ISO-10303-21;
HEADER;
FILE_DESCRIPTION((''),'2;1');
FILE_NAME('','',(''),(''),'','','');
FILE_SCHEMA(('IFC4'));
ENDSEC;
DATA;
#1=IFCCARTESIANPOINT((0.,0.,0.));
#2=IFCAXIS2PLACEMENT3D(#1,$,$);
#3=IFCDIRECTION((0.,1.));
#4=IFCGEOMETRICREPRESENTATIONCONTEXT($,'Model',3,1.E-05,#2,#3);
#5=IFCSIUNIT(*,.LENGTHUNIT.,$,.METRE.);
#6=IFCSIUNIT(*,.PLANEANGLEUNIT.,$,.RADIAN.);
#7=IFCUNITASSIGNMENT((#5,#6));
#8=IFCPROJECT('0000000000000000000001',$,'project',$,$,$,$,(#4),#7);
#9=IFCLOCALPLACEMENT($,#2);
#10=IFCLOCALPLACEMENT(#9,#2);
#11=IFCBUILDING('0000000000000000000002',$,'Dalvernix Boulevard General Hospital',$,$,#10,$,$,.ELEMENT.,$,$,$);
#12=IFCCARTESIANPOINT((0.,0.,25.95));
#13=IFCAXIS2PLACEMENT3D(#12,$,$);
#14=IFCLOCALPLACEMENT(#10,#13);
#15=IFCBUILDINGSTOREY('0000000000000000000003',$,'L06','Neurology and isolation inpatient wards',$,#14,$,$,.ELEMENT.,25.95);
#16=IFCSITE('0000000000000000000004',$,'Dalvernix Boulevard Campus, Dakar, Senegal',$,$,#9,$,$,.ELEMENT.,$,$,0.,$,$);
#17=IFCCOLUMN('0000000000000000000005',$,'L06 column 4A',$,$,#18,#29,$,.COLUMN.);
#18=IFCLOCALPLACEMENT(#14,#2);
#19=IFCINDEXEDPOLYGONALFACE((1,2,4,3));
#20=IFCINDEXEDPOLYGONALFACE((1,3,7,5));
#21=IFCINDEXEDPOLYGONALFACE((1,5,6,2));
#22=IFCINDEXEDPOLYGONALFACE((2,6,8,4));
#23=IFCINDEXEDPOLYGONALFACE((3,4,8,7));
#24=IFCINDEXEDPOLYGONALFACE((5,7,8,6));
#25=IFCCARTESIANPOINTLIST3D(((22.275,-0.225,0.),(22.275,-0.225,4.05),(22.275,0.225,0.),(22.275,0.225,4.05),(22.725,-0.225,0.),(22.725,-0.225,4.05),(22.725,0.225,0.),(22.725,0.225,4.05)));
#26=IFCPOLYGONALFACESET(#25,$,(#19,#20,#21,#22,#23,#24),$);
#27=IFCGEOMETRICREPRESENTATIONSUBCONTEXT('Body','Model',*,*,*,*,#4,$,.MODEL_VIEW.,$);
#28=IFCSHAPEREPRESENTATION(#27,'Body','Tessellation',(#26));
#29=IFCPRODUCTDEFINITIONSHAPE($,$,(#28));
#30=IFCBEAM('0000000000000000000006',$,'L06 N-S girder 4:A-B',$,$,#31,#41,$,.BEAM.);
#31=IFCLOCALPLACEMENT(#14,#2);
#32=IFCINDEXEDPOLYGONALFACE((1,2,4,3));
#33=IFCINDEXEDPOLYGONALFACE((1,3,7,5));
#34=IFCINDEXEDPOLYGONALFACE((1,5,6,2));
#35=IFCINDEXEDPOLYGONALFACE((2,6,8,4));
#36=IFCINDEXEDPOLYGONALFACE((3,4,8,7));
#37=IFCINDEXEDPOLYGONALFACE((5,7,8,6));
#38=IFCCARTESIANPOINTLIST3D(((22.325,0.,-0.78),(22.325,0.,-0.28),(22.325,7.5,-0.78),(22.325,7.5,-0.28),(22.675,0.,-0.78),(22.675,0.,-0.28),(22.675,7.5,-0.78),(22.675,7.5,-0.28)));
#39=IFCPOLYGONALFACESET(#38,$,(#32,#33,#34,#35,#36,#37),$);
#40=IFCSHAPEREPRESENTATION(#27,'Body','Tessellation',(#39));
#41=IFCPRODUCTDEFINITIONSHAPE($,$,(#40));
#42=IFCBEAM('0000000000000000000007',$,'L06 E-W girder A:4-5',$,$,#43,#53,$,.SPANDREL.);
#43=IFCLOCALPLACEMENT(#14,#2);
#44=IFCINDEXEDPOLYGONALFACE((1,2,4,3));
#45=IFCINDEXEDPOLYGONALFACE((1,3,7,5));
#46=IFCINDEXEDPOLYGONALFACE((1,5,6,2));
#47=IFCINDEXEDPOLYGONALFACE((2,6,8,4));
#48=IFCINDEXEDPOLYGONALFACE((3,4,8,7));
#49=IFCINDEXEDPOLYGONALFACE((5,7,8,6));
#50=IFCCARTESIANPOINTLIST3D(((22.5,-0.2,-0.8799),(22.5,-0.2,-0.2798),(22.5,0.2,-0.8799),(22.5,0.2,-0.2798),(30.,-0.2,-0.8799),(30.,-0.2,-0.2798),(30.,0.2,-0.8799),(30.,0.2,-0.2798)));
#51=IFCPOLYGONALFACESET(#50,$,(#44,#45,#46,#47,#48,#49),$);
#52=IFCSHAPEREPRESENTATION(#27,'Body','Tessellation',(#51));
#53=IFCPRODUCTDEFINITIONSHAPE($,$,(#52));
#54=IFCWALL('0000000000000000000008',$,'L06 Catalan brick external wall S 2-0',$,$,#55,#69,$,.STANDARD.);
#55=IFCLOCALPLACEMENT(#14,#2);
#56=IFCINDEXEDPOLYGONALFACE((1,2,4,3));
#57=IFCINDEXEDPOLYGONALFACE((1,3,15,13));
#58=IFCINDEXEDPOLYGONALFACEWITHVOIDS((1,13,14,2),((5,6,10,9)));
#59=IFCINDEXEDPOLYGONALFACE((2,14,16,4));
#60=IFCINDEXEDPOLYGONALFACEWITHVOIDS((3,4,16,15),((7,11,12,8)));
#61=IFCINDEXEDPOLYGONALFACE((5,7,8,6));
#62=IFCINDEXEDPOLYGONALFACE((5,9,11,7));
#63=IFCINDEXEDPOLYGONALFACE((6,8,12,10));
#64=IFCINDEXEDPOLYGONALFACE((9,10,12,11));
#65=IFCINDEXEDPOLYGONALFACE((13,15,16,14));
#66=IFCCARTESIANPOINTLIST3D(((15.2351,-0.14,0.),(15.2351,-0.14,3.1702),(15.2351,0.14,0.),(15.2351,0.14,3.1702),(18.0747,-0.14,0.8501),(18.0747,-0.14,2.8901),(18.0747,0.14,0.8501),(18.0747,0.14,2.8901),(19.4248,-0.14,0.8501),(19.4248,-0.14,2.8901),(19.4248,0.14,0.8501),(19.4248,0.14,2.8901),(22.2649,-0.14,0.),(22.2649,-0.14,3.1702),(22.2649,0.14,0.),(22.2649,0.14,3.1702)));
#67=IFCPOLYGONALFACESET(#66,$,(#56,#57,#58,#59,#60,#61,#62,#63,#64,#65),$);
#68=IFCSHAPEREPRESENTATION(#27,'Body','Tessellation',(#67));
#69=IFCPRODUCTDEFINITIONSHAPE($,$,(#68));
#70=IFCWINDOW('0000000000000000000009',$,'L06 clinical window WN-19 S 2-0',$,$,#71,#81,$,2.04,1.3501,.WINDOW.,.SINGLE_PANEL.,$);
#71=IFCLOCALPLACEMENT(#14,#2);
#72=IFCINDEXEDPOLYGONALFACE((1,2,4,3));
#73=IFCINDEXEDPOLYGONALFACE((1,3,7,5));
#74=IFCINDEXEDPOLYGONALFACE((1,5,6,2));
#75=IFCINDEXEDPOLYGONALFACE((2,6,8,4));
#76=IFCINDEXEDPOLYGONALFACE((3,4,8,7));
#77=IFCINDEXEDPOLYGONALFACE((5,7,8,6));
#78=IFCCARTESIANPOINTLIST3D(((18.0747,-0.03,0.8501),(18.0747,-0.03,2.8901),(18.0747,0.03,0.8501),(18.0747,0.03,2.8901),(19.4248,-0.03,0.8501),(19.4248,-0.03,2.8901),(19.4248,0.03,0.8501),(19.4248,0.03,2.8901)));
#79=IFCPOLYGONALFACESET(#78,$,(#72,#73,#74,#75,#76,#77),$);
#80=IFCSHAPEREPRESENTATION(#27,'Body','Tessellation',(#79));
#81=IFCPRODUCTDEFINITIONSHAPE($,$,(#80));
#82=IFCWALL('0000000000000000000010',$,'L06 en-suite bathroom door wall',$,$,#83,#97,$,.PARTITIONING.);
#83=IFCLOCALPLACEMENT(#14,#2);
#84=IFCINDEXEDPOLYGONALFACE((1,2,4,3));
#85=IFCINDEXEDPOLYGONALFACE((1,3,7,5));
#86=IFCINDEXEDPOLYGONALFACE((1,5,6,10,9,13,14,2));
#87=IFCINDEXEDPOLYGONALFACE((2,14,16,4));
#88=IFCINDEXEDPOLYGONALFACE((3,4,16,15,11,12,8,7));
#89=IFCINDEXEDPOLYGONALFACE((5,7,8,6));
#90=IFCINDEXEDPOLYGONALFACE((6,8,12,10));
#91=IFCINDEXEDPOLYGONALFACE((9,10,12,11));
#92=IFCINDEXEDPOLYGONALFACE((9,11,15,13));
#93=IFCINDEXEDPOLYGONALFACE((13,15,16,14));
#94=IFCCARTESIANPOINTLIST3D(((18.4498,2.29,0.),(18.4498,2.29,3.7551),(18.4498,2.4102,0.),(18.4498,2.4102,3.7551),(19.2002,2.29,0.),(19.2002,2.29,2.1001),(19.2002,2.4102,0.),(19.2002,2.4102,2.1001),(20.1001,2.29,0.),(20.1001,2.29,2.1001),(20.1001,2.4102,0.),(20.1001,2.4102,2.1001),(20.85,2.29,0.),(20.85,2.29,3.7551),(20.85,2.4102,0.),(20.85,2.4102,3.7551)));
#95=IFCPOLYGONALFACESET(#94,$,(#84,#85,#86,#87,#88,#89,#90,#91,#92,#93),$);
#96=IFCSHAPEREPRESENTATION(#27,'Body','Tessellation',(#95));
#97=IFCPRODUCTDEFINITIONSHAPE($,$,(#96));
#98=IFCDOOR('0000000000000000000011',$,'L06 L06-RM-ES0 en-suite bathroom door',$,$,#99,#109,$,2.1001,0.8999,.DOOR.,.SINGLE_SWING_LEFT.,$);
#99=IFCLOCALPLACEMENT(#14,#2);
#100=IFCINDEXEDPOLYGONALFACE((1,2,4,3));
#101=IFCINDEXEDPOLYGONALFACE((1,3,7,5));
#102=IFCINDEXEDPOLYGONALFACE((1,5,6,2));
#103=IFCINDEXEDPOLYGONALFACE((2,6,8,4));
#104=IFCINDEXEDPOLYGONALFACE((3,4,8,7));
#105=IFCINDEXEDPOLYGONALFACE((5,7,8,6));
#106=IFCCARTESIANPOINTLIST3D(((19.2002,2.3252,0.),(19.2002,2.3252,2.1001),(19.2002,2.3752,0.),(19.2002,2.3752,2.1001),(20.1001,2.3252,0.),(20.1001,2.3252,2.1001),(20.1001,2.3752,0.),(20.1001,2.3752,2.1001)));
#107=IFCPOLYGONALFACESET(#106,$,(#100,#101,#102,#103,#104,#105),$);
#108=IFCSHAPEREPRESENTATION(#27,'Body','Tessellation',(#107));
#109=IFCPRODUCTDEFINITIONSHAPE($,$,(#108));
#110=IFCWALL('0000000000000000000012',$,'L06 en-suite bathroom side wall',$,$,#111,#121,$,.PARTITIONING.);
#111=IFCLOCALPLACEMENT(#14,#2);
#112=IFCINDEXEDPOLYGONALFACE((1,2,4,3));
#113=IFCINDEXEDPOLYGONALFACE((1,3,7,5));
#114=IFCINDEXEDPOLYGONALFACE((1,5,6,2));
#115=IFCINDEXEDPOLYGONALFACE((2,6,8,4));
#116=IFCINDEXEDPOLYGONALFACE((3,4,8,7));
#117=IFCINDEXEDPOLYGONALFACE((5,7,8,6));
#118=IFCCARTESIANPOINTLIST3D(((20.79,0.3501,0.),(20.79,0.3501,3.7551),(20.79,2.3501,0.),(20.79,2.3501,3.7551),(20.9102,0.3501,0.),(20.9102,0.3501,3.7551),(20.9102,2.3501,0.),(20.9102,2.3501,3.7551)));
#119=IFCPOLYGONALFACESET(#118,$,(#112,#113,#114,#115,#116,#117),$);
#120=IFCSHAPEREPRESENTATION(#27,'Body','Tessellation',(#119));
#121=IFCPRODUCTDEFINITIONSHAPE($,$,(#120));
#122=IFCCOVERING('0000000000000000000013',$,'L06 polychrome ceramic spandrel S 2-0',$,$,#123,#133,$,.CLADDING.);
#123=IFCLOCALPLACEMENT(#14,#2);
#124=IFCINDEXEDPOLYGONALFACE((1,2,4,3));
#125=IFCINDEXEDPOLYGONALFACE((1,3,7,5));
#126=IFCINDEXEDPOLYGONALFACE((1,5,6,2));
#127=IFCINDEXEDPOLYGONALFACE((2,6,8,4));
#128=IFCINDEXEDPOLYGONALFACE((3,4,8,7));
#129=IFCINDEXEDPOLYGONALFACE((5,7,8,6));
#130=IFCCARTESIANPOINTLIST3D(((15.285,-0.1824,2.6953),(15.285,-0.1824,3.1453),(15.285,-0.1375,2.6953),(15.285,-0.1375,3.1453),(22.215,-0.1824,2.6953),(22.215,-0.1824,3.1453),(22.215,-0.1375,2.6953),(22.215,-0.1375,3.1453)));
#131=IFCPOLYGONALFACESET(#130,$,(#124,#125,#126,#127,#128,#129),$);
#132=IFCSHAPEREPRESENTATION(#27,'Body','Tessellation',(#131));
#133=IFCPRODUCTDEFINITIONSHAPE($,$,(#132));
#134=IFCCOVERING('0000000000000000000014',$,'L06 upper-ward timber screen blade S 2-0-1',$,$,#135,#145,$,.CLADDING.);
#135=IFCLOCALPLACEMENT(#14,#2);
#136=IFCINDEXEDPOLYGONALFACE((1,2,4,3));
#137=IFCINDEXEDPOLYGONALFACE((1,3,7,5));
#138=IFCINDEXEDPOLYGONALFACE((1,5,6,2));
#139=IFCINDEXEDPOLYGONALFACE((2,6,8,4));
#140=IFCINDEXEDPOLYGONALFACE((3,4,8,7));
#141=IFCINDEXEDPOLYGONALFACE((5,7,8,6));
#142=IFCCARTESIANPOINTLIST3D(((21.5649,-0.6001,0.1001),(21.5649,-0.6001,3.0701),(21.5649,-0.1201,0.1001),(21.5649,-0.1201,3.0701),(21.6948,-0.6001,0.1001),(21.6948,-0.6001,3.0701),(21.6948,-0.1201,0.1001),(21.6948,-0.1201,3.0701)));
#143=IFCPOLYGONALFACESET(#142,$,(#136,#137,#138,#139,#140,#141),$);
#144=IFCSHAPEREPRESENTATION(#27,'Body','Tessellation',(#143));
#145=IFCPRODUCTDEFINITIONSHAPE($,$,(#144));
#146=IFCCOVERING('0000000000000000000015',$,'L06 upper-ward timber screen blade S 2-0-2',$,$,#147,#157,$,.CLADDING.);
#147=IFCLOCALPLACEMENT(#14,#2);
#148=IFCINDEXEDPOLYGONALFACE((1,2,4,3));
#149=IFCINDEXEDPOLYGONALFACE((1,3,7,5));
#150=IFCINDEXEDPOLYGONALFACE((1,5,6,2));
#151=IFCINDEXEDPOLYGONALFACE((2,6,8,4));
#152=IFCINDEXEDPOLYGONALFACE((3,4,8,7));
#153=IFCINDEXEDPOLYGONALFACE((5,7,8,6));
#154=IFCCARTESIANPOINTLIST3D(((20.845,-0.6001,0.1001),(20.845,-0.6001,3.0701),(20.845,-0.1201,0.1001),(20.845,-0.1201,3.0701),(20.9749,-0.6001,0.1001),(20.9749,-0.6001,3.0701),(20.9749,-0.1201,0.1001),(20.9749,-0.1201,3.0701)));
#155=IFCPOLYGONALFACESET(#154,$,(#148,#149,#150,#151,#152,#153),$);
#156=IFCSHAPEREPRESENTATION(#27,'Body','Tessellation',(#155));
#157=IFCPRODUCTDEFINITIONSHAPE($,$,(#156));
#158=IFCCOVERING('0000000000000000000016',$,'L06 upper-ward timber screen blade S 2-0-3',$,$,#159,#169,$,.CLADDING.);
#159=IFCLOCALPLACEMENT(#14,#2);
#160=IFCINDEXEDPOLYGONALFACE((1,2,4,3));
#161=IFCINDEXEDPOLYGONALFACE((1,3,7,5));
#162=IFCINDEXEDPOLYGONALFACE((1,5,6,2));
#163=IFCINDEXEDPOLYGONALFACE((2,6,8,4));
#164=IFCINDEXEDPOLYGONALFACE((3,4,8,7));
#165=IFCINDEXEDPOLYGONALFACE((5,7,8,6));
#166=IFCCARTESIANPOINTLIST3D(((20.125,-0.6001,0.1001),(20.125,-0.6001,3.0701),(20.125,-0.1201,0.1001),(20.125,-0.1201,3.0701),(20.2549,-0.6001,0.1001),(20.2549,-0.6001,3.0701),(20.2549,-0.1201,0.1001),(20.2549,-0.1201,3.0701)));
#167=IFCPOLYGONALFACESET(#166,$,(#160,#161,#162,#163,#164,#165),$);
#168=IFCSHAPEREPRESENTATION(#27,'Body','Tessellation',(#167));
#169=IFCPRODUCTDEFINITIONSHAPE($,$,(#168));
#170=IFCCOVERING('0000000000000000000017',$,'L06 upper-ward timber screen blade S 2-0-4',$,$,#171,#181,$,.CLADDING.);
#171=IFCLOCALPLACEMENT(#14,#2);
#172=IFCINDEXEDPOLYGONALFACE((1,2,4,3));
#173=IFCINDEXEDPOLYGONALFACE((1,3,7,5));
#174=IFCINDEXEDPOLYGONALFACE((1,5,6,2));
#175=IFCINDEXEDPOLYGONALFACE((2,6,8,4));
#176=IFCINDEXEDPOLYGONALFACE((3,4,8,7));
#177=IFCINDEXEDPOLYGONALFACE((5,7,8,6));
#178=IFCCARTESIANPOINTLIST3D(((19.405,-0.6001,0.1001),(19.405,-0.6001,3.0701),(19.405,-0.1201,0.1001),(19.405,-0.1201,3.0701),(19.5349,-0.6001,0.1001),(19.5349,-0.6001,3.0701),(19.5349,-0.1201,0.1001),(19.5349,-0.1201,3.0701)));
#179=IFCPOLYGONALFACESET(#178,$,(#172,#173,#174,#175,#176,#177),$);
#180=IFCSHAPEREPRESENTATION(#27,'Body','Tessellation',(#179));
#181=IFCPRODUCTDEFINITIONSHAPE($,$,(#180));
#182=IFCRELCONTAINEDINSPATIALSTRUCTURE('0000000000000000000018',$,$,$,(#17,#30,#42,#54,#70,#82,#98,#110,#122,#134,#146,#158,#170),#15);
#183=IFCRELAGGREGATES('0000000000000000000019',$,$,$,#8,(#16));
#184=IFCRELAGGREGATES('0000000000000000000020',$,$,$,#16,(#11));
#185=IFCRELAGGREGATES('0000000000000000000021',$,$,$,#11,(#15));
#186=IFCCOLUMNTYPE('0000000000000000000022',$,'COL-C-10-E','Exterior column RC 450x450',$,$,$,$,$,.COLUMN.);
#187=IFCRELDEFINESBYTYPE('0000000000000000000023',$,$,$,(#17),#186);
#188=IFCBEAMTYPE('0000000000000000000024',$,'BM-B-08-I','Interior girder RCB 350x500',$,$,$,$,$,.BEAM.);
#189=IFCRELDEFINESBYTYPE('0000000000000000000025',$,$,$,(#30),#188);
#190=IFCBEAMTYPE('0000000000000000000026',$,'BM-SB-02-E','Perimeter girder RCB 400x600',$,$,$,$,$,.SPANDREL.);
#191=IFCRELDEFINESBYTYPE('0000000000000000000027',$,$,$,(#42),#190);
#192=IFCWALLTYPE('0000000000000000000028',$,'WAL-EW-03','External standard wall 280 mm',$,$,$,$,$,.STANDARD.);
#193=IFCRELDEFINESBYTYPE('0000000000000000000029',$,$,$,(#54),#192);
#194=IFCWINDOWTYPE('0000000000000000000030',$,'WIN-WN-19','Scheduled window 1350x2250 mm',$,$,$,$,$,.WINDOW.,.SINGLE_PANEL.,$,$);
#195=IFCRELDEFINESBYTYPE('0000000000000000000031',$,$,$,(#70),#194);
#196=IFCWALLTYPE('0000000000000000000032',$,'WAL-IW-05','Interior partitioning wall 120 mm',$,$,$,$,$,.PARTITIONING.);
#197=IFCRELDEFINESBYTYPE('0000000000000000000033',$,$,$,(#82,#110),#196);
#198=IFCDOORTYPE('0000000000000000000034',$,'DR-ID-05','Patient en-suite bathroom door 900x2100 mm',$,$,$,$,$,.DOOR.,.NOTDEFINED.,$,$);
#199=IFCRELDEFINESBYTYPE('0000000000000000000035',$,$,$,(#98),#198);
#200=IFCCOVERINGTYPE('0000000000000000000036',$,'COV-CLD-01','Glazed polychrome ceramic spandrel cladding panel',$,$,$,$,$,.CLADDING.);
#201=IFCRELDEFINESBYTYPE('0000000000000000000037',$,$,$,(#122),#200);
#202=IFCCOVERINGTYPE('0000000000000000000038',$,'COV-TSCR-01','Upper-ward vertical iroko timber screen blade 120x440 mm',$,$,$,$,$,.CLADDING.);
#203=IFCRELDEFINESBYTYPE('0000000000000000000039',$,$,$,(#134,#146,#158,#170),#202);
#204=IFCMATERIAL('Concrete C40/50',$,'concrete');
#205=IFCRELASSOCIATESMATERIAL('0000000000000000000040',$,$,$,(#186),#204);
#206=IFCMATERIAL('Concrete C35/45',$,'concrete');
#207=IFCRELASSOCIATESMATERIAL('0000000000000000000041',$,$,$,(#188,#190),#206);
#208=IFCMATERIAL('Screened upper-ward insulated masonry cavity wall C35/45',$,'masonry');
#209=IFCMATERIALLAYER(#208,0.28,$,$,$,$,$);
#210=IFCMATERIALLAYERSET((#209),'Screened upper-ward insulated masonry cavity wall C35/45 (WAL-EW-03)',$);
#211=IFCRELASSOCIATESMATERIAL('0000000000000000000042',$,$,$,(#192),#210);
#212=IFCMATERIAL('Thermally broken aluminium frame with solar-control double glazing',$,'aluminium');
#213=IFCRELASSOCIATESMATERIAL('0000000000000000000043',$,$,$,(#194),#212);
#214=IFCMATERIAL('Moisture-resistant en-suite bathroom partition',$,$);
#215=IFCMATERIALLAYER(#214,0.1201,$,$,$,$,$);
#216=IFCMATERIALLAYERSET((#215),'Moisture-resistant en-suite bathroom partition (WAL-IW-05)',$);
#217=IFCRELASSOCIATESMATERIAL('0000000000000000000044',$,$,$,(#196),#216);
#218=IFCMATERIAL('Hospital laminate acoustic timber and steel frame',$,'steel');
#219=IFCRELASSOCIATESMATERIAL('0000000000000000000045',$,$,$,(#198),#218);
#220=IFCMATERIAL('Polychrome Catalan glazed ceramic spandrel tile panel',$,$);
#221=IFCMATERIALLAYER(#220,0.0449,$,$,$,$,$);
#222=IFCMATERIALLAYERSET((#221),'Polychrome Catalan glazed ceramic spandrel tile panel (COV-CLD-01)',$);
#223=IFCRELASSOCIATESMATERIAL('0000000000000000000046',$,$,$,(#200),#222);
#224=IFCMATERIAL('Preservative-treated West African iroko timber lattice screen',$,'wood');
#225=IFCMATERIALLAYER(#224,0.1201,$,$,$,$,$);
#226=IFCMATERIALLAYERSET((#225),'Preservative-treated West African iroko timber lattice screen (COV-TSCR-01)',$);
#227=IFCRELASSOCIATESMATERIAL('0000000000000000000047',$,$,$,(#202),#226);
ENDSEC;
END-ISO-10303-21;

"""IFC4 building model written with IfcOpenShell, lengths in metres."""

from ifc_helpers import new_model, si_unit, direction, frame, frame_2d, origin, origin_2d, place, context, subcontext, project, spatial, rectangle, extrude, material, layer, layer_set, material_profile, profile_set, type_object, element, fill, save


model = new_model("IFC4")

# Units and contexts
model_context = context("Model", 3, precision=1e-05, world=origin(), true_north=direction((0.0, 1.0)))
body_context = subcontext(model_context, "Body", "Model", "MODEL_VIEW")
ifc_project = project(units=[si_unit("LENGTHUNIT", "METRE"), si_unit("PLANEANGLEUNIT", "RADIAN")], contexts=[model_context])

# Site, building, storey
site_placement = place(None, origin())
site = spatial("IfcSite", under=ifc_project, at=site_placement, Name="Dalvernix Boulevard Campus, Dakar, Senegal", CompositionType="ELEMENT", RefElevation=0.0)
building_placement = place(site_placement, origin())
building = spatial("IfcBuilding", under=site, at=building_placement, Name="Dalvernix Boulevard General Hospital", CompositionType="ELEMENT")
storey_placement = place(building_placement, frame((0.0, 0.0, 25.95)))
storey = spatial("IfcBuildingStorey", under=building, at=storey_placement, Name="L06", Description="Neurology and isolation inpatient wards", CompositionType="ELEMENT", Elevation=25.95)

# Column
ifc_material_1 = material(Name="Concrete C40/50", Category="concrete")
ifc_material_profile_1 = material_profile(ifc_material_1, rectangle(XDim=0.45, YDim=0.45, at=origin_2d()), Name="RC 450x450")
ifc_profile_set_1 = profile_set([ifc_material_profile_1], Name="Concrete C40/50")
column_type = type_object("IfcColumnType", Name="COL-C-10-E", Description="Exterior column RC 450x450", PredefinedType="COLUMN", material=ifc_profile_set_1)
column_placement = place(storey_placement, frame((22.5, 0.0, 0.0), z_axis=(0.0, 0.0, 1.0), x_axis=(1.0, 0.0, 0.0)))
element("IfcColumn", 1, at=column_placement, inside=storey, type_object=column_type, Name="L06 column 4A", PredefinedType="COLUMN", context=body_context, shape_type="SweptSolid", body=[
    extrude(rectangle(XDim=0.45, YDim=0.45, at=origin_2d()), origin(), (0.0, 0.0, 1.0), 4.05),
])

# Beams
ifc_material_2 = material(Name="Concrete C35/45", Category="concrete")
ifc_material_profile_2 = material_profile(ifc_material_2, rectangle(XDim=0.3501, YDim=0.5, at=origin_2d()), Name="RCB 350x500")
ifc_profile_set_2 = profile_set([ifc_material_profile_2], Name="Concrete C35/45")
beam_type_1 = type_object("IfcBeamType", Name="BM-B-08-I", Description="Interior girder RCB 350x500", PredefinedType="BEAM", material=ifc_profile_set_2)
beam_1_placement = place(storey_placement, frame((22.5, 0.0, -0.53), z_axis=(0.0, 1.0, 0.0), x_axis=(-1.0, 0.0, 0.0)))
element("IfcBeam", 2, at=beam_1_placement, inside=storey, type_object=beam_type_1, Name="L06 N-S girder 4:A-B", PredefinedType="BEAM", context=body_context, shape_type="SweptSolid", body=[
    extrude(rectangle(XDim=0.3501, YDim=0.5, at=origin_2d()), origin(), (0.0, 0.0, 1.0), 7.5),
])
ifc_material_profile_3 = material_profile(ifc_material_2, rectangle(XDim=0.3999, YDim=0.6001, at=origin_2d()), Name="RCB 400x600")
ifc_profile_set_3 = profile_set([ifc_material_profile_3], Name="Concrete C35/45")
beam_type_2 = type_object("IfcBeamType", Name="BM-SB-02-E", Description="Perimeter girder RCB 400x600", PredefinedType="SPANDREL", material=ifc_profile_set_3)
beam_2_placement = place(storey_placement, frame((22.5, 0.0, -0.5798), z_axis=(1.0, 0.0, 0.0), x_axis=(0.0, 1.0, 0.0)))
element("IfcBeam", 3, at=beam_2_placement, inside=storey, type_object=beam_type_2, Name="L06 E-W girder A:4-5", PredefinedType="SPANDREL", context=body_context, shape_type="SweptSolid", body=[
    extrude(rectangle(XDim=0.3999, YDim=0.6001, at=origin_2d()), origin(), (0.0, 0.0, 1.0), 7.5),
])

# Wall, opening, window
ifc_material_3 = material(Name="Screened upper-ward insulated masonry cavity wall C35/45", Category="masonry")
ifc_layer_1 = layer(ifc_material_3, 0.28)
ifc_layer_set_1 = layer_set([ifc_layer_1], Name="Screened upper-ward insulated masonry cavity wall C35/45 (WAL-EW-03)")
wall_type_1 = type_object("IfcWallType", Name="WAL-EW-03", Description="External standard wall 280 mm", PredefinedType="STANDARD", material=ifc_layer_set_1)
wall_1_placement = place(storey_placement, frame((22.2649, 0.0, 0.0), z_axis=(0.0, 0.0, 1.0), x_axis=(-1.0, 0.0, 0.0)))
wall_1 = element("IfcWall", 4, at=wall_1_placement, inside=storey, type_object=wall_type_1, Name="L06 Catalan brick external wall S 2-0", PredefinedType="STANDARD", context=body_context, shape_type="SweptSolid", body=[
    extrude(rectangle(XDim=7.0298, YDim=0.28, at=frame_2d((3.5149, 0.0))), origin(), (0.0, 0.0, 1.0), 3.1702),
])
opening_1_placement = place(wall_1_placement, frame((2.8401, 0.0, 0.8501)))
opening_1 = element("IfcOpeningElement", 5, at=opening_1_placement, cuts=wall_1, PredefinedType="OPENING", context=body_context, shape_type="SweptSolid", body=[
    extrude(rectangle(XDim=1.3501, YDim=2.04, at=frame_2d((0.675, 1.02))), frame((0.0, 0.1499, 0.0), z_axis=(0.0, -1.0, 0.0), x_axis=(1.0, 0.0, 0.0)), (0.0, 0.0, 1.0), 0.3),
])
ifc_material_4 = material(Name="Thermally broken aluminium frame with solar-control double glazing", Category="aluminium")
window_type = type_object("IfcWindowType", Name="WIN-WN-19", Description="Scheduled window 1350x2250 mm", PartitioningType="SINGLE_PANEL", PredefinedType="WINDOW", material=ifc_material_4)
window_placement = place(opening_1_placement, origin())
window = element("IfcWindow", 6, at=window_placement, inside=storey, type_object=window_type, Name="L06 clinical window WN-19 S 2-0", OverallHeight=2.04, OverallWidth=1.3501, PartitioningType="SINGLE_PANEL", PredefinedType="WINDOW", context=body_context, shape_type="SweptSolid", body=[
    extrude(rectangle(XDim=1.3501, YDim=2.04, at=frame_2d((0.675, 1.02))), frame((0.0, 0.03, 0.0), z_axis=(0.0, -1.0, 0.0), x_axis=(1.0, 0.0, 0.0)), (0.0, 0.0, 1.0), 0.0601),
])
fill(opening_1, window)

# Wall, opening, door
ifc_material_5 = material(Name="Moisture-resistant en-suite bathroom partition")
ifc_layer_2 = layer(ifc_material_5, 0.1201)
ifc_layer_set_2 = layer_set([ifc_layer_2], Name="Moisture-resistant en-suite bathroom partition (WAL-IW-05)")
wall_type_2 = type_object("IfcWallType", Name="WAL-IW-05", Description="Interior partitioning wall 120 mm", PredefinedType="PARTITIONING", material=ifc_layer_set_2)
wall_2_placement = place(storey_placement, frame((20.8501, 2.3501, 0.0), z_axis=(0.0, 0.0, 1.0), x_axis=(-1.0, 0.0, 0.0)))
wall_2 = element("IfcWall", 7, at=wall_2_placement, inside=storey, type_object=wall_type_2, Name="L06 en-suite bathroom door wall", PredefinedType="PARTITIONING", context=body_context, shape_type="SweptSolid", body=[
    extrude(rectangle(XDim=2.4001, YDim=0.1201, at=frame_2d((1.2002, 0.0))), origin(), (0.0, 0.0, 1.0), 3.7551),
])
opening_2_placement = place(wall_2_placement, frame((0.75, 0.0, 0.0)))
opening_2 = element("IfcOpeningElement", 8, at=opening_2_placement, cuts=wall_2, PredefinedType="OPENING", context=body_context, shape_type="SweptSolid", body=[
    extrude(rectangle(XDim=0.8999, YDim=2.1001, at=frame_2d((0.45, 1.05))), frame((0.0, 0.0701, 0.0), z_axis=(0.0, -1.0, 0.0), x_axis=(1.0, 0.0, 0.0)), (0.0, 0.0, 1.0), 0.1401),
])
ifc_material_6 = material(Name="Hospital laminate acoustic timber and steel frame", Category="steel")
door_type = type_object("IfcDoorType", Name="DR-ID-05", Description="Patient en-suite bathroom door 900x2100 mm", OperationType="NOTDEFINED", PredefinedType="DOOR", material=ifc_material_6)
door_placement = place(opening_2_placement, origin())
door = element("IfcDoor", 9, at=door_placement, inside=storey, type_object=door_type, Name="L06 L06-RM-ES0 en-suite bathroom door", OperationType="SINGLE_SWING_LEFT", OverallHeight=2.1001, OverallWidth=0.8999, PredefinedType="DOOR", context=body_context, shape_type="SweptSolid", body=[
    extrude(rectangle(XDim=0.8999, YDim=2.1001, at=frame_2d((0.45, 1.05))), frame((0.0, 0.0249, 0.0), z_axis=(0.0, -1.0, 0.0), x_axis=(1.0, 0.0, 0.0)), (0.0, 0.0, 1.0), 0.05),
])
fill(opening_2, door)

# Wall
wall_3_placement = place(storey_placement, frame((20.8501, 0.3501, 0.0), z_axis=(0.0, 0.0, 1.0), x_axis=(0.0, 1.0, 0.0)))
element("IfcWall", 10, at=wall_3_placement, inside=storey, type_object=wall_type_2, Name="L06 en-suite bathroom side wall", PredefinedType="PARTITIONING", context=body_context, shape_type="SweptSolid", body=[
    extrude(rectangle(XDim=2.0, YDim=0.1201, at=frame_2d((1.0, 0.0))), origin(), (0.0, 0.0, 1.0), 3.7551),
])

# Coverings
ifc_material_7 = material(Name="Polychrome Catalan glazed ceramic spandrel tile panel")
ifc_layer_3 = layer(ifc_material_7, 0.0449)
ifc_layer_set_3 = layer_set([ifc_layer_3], Name="Polychrome Catalan glazed ceramic spandrel tile panel (COV-CLD-01)")
covering_type_1 = type_object("IfcCoveringType", Name="COV-CLD-01", Description="Glazed polychrome ceramic spandrel cladding panel", PredefinedType="CLADDING", material=ifc_layer_set_3)
covering_placement = place(storey_placement, frame((18.75, -0.1599, 2.6953), z_axis=(0.0, 0.0, 1.0), x_axis=(-1.0, 0.0, 0.0)))
element("IfcCovering", 11, at=covering_placement, inside=storey, type_object=covering_type_1, Name="L06 polychrome ceramic spandrel S 2-0", PredefinedType="CLADDING", context=body_context, shape_type="SweptSolid", body=[
    extrude(rectangle(XDim=6.9299, YDim=0.0449, at=origin_2d()), origin(), (0.0, 0.0, 1.0), 0.45),
])
ifc_material_8 = material(Name="Preservative-treated West African iroko timber lattice screen", Category="wood")
ifc_layer_4 = layer(ifc_material_8, 0.1201)
ifc_layer_set_4 = layer_set([ifc_layer_4], Name="Preservative-treated West African iroko timber lattice screen (COV-TSCR-01)")
covering_type_2 = type_object("IfcCoveringType", Name="COV-TSCR-01", Description="Upper-ward vertical iroko timber screen blade 120x440 mm", PredefinedType="CLADDING", material=ifc_layer_set_4)
for number, where, z_axis, x_axis, name in (
    (12, (21.6299, -0.3601, 0.1001), (0.0, 0.0, 1.0), (-1.0, 0.0, 0.0), "L06 upper-ward timber screen blade S 2-0-1"),
    (13, (20.9099, -0.3601, 0.1001), (0.0, 0.0, 1.0), (-1.0, 0.0, 0.0), "L06 upper-ward timber screen blade S 2-0-2"),
    (14, (20.1899, -0.3601, 0.1001), (0.0, 0.0, 1.0), (-1.0, 0.0, 0.0), "L06 upper-ward timber screen blade S 2-0-3"),
    (15, (19.47, -0.3601, 0.1001), (0.0, 0.0, 1.0), (-1.0, 0.0, 0.0), "L06 upper-ward timber screen blade S 2-0-4"),
):
    element("IfcCovering", number, at=place(storey_placement, frame(where, z_axis=z_axis, x_axis=x_axis)), inside=storey, type_object=covering_type_2, Name=name, PredefinedType="CLADDING", context=body_context, shape_type="SweptSolid", body=[
        extrude(rectangle(XDim=0.1299, YDim=0.48, at=origin_2d()), origin(), (0.0, 0.0, 1.0), 2.97),
    ])

save(model, "model.ifc")
